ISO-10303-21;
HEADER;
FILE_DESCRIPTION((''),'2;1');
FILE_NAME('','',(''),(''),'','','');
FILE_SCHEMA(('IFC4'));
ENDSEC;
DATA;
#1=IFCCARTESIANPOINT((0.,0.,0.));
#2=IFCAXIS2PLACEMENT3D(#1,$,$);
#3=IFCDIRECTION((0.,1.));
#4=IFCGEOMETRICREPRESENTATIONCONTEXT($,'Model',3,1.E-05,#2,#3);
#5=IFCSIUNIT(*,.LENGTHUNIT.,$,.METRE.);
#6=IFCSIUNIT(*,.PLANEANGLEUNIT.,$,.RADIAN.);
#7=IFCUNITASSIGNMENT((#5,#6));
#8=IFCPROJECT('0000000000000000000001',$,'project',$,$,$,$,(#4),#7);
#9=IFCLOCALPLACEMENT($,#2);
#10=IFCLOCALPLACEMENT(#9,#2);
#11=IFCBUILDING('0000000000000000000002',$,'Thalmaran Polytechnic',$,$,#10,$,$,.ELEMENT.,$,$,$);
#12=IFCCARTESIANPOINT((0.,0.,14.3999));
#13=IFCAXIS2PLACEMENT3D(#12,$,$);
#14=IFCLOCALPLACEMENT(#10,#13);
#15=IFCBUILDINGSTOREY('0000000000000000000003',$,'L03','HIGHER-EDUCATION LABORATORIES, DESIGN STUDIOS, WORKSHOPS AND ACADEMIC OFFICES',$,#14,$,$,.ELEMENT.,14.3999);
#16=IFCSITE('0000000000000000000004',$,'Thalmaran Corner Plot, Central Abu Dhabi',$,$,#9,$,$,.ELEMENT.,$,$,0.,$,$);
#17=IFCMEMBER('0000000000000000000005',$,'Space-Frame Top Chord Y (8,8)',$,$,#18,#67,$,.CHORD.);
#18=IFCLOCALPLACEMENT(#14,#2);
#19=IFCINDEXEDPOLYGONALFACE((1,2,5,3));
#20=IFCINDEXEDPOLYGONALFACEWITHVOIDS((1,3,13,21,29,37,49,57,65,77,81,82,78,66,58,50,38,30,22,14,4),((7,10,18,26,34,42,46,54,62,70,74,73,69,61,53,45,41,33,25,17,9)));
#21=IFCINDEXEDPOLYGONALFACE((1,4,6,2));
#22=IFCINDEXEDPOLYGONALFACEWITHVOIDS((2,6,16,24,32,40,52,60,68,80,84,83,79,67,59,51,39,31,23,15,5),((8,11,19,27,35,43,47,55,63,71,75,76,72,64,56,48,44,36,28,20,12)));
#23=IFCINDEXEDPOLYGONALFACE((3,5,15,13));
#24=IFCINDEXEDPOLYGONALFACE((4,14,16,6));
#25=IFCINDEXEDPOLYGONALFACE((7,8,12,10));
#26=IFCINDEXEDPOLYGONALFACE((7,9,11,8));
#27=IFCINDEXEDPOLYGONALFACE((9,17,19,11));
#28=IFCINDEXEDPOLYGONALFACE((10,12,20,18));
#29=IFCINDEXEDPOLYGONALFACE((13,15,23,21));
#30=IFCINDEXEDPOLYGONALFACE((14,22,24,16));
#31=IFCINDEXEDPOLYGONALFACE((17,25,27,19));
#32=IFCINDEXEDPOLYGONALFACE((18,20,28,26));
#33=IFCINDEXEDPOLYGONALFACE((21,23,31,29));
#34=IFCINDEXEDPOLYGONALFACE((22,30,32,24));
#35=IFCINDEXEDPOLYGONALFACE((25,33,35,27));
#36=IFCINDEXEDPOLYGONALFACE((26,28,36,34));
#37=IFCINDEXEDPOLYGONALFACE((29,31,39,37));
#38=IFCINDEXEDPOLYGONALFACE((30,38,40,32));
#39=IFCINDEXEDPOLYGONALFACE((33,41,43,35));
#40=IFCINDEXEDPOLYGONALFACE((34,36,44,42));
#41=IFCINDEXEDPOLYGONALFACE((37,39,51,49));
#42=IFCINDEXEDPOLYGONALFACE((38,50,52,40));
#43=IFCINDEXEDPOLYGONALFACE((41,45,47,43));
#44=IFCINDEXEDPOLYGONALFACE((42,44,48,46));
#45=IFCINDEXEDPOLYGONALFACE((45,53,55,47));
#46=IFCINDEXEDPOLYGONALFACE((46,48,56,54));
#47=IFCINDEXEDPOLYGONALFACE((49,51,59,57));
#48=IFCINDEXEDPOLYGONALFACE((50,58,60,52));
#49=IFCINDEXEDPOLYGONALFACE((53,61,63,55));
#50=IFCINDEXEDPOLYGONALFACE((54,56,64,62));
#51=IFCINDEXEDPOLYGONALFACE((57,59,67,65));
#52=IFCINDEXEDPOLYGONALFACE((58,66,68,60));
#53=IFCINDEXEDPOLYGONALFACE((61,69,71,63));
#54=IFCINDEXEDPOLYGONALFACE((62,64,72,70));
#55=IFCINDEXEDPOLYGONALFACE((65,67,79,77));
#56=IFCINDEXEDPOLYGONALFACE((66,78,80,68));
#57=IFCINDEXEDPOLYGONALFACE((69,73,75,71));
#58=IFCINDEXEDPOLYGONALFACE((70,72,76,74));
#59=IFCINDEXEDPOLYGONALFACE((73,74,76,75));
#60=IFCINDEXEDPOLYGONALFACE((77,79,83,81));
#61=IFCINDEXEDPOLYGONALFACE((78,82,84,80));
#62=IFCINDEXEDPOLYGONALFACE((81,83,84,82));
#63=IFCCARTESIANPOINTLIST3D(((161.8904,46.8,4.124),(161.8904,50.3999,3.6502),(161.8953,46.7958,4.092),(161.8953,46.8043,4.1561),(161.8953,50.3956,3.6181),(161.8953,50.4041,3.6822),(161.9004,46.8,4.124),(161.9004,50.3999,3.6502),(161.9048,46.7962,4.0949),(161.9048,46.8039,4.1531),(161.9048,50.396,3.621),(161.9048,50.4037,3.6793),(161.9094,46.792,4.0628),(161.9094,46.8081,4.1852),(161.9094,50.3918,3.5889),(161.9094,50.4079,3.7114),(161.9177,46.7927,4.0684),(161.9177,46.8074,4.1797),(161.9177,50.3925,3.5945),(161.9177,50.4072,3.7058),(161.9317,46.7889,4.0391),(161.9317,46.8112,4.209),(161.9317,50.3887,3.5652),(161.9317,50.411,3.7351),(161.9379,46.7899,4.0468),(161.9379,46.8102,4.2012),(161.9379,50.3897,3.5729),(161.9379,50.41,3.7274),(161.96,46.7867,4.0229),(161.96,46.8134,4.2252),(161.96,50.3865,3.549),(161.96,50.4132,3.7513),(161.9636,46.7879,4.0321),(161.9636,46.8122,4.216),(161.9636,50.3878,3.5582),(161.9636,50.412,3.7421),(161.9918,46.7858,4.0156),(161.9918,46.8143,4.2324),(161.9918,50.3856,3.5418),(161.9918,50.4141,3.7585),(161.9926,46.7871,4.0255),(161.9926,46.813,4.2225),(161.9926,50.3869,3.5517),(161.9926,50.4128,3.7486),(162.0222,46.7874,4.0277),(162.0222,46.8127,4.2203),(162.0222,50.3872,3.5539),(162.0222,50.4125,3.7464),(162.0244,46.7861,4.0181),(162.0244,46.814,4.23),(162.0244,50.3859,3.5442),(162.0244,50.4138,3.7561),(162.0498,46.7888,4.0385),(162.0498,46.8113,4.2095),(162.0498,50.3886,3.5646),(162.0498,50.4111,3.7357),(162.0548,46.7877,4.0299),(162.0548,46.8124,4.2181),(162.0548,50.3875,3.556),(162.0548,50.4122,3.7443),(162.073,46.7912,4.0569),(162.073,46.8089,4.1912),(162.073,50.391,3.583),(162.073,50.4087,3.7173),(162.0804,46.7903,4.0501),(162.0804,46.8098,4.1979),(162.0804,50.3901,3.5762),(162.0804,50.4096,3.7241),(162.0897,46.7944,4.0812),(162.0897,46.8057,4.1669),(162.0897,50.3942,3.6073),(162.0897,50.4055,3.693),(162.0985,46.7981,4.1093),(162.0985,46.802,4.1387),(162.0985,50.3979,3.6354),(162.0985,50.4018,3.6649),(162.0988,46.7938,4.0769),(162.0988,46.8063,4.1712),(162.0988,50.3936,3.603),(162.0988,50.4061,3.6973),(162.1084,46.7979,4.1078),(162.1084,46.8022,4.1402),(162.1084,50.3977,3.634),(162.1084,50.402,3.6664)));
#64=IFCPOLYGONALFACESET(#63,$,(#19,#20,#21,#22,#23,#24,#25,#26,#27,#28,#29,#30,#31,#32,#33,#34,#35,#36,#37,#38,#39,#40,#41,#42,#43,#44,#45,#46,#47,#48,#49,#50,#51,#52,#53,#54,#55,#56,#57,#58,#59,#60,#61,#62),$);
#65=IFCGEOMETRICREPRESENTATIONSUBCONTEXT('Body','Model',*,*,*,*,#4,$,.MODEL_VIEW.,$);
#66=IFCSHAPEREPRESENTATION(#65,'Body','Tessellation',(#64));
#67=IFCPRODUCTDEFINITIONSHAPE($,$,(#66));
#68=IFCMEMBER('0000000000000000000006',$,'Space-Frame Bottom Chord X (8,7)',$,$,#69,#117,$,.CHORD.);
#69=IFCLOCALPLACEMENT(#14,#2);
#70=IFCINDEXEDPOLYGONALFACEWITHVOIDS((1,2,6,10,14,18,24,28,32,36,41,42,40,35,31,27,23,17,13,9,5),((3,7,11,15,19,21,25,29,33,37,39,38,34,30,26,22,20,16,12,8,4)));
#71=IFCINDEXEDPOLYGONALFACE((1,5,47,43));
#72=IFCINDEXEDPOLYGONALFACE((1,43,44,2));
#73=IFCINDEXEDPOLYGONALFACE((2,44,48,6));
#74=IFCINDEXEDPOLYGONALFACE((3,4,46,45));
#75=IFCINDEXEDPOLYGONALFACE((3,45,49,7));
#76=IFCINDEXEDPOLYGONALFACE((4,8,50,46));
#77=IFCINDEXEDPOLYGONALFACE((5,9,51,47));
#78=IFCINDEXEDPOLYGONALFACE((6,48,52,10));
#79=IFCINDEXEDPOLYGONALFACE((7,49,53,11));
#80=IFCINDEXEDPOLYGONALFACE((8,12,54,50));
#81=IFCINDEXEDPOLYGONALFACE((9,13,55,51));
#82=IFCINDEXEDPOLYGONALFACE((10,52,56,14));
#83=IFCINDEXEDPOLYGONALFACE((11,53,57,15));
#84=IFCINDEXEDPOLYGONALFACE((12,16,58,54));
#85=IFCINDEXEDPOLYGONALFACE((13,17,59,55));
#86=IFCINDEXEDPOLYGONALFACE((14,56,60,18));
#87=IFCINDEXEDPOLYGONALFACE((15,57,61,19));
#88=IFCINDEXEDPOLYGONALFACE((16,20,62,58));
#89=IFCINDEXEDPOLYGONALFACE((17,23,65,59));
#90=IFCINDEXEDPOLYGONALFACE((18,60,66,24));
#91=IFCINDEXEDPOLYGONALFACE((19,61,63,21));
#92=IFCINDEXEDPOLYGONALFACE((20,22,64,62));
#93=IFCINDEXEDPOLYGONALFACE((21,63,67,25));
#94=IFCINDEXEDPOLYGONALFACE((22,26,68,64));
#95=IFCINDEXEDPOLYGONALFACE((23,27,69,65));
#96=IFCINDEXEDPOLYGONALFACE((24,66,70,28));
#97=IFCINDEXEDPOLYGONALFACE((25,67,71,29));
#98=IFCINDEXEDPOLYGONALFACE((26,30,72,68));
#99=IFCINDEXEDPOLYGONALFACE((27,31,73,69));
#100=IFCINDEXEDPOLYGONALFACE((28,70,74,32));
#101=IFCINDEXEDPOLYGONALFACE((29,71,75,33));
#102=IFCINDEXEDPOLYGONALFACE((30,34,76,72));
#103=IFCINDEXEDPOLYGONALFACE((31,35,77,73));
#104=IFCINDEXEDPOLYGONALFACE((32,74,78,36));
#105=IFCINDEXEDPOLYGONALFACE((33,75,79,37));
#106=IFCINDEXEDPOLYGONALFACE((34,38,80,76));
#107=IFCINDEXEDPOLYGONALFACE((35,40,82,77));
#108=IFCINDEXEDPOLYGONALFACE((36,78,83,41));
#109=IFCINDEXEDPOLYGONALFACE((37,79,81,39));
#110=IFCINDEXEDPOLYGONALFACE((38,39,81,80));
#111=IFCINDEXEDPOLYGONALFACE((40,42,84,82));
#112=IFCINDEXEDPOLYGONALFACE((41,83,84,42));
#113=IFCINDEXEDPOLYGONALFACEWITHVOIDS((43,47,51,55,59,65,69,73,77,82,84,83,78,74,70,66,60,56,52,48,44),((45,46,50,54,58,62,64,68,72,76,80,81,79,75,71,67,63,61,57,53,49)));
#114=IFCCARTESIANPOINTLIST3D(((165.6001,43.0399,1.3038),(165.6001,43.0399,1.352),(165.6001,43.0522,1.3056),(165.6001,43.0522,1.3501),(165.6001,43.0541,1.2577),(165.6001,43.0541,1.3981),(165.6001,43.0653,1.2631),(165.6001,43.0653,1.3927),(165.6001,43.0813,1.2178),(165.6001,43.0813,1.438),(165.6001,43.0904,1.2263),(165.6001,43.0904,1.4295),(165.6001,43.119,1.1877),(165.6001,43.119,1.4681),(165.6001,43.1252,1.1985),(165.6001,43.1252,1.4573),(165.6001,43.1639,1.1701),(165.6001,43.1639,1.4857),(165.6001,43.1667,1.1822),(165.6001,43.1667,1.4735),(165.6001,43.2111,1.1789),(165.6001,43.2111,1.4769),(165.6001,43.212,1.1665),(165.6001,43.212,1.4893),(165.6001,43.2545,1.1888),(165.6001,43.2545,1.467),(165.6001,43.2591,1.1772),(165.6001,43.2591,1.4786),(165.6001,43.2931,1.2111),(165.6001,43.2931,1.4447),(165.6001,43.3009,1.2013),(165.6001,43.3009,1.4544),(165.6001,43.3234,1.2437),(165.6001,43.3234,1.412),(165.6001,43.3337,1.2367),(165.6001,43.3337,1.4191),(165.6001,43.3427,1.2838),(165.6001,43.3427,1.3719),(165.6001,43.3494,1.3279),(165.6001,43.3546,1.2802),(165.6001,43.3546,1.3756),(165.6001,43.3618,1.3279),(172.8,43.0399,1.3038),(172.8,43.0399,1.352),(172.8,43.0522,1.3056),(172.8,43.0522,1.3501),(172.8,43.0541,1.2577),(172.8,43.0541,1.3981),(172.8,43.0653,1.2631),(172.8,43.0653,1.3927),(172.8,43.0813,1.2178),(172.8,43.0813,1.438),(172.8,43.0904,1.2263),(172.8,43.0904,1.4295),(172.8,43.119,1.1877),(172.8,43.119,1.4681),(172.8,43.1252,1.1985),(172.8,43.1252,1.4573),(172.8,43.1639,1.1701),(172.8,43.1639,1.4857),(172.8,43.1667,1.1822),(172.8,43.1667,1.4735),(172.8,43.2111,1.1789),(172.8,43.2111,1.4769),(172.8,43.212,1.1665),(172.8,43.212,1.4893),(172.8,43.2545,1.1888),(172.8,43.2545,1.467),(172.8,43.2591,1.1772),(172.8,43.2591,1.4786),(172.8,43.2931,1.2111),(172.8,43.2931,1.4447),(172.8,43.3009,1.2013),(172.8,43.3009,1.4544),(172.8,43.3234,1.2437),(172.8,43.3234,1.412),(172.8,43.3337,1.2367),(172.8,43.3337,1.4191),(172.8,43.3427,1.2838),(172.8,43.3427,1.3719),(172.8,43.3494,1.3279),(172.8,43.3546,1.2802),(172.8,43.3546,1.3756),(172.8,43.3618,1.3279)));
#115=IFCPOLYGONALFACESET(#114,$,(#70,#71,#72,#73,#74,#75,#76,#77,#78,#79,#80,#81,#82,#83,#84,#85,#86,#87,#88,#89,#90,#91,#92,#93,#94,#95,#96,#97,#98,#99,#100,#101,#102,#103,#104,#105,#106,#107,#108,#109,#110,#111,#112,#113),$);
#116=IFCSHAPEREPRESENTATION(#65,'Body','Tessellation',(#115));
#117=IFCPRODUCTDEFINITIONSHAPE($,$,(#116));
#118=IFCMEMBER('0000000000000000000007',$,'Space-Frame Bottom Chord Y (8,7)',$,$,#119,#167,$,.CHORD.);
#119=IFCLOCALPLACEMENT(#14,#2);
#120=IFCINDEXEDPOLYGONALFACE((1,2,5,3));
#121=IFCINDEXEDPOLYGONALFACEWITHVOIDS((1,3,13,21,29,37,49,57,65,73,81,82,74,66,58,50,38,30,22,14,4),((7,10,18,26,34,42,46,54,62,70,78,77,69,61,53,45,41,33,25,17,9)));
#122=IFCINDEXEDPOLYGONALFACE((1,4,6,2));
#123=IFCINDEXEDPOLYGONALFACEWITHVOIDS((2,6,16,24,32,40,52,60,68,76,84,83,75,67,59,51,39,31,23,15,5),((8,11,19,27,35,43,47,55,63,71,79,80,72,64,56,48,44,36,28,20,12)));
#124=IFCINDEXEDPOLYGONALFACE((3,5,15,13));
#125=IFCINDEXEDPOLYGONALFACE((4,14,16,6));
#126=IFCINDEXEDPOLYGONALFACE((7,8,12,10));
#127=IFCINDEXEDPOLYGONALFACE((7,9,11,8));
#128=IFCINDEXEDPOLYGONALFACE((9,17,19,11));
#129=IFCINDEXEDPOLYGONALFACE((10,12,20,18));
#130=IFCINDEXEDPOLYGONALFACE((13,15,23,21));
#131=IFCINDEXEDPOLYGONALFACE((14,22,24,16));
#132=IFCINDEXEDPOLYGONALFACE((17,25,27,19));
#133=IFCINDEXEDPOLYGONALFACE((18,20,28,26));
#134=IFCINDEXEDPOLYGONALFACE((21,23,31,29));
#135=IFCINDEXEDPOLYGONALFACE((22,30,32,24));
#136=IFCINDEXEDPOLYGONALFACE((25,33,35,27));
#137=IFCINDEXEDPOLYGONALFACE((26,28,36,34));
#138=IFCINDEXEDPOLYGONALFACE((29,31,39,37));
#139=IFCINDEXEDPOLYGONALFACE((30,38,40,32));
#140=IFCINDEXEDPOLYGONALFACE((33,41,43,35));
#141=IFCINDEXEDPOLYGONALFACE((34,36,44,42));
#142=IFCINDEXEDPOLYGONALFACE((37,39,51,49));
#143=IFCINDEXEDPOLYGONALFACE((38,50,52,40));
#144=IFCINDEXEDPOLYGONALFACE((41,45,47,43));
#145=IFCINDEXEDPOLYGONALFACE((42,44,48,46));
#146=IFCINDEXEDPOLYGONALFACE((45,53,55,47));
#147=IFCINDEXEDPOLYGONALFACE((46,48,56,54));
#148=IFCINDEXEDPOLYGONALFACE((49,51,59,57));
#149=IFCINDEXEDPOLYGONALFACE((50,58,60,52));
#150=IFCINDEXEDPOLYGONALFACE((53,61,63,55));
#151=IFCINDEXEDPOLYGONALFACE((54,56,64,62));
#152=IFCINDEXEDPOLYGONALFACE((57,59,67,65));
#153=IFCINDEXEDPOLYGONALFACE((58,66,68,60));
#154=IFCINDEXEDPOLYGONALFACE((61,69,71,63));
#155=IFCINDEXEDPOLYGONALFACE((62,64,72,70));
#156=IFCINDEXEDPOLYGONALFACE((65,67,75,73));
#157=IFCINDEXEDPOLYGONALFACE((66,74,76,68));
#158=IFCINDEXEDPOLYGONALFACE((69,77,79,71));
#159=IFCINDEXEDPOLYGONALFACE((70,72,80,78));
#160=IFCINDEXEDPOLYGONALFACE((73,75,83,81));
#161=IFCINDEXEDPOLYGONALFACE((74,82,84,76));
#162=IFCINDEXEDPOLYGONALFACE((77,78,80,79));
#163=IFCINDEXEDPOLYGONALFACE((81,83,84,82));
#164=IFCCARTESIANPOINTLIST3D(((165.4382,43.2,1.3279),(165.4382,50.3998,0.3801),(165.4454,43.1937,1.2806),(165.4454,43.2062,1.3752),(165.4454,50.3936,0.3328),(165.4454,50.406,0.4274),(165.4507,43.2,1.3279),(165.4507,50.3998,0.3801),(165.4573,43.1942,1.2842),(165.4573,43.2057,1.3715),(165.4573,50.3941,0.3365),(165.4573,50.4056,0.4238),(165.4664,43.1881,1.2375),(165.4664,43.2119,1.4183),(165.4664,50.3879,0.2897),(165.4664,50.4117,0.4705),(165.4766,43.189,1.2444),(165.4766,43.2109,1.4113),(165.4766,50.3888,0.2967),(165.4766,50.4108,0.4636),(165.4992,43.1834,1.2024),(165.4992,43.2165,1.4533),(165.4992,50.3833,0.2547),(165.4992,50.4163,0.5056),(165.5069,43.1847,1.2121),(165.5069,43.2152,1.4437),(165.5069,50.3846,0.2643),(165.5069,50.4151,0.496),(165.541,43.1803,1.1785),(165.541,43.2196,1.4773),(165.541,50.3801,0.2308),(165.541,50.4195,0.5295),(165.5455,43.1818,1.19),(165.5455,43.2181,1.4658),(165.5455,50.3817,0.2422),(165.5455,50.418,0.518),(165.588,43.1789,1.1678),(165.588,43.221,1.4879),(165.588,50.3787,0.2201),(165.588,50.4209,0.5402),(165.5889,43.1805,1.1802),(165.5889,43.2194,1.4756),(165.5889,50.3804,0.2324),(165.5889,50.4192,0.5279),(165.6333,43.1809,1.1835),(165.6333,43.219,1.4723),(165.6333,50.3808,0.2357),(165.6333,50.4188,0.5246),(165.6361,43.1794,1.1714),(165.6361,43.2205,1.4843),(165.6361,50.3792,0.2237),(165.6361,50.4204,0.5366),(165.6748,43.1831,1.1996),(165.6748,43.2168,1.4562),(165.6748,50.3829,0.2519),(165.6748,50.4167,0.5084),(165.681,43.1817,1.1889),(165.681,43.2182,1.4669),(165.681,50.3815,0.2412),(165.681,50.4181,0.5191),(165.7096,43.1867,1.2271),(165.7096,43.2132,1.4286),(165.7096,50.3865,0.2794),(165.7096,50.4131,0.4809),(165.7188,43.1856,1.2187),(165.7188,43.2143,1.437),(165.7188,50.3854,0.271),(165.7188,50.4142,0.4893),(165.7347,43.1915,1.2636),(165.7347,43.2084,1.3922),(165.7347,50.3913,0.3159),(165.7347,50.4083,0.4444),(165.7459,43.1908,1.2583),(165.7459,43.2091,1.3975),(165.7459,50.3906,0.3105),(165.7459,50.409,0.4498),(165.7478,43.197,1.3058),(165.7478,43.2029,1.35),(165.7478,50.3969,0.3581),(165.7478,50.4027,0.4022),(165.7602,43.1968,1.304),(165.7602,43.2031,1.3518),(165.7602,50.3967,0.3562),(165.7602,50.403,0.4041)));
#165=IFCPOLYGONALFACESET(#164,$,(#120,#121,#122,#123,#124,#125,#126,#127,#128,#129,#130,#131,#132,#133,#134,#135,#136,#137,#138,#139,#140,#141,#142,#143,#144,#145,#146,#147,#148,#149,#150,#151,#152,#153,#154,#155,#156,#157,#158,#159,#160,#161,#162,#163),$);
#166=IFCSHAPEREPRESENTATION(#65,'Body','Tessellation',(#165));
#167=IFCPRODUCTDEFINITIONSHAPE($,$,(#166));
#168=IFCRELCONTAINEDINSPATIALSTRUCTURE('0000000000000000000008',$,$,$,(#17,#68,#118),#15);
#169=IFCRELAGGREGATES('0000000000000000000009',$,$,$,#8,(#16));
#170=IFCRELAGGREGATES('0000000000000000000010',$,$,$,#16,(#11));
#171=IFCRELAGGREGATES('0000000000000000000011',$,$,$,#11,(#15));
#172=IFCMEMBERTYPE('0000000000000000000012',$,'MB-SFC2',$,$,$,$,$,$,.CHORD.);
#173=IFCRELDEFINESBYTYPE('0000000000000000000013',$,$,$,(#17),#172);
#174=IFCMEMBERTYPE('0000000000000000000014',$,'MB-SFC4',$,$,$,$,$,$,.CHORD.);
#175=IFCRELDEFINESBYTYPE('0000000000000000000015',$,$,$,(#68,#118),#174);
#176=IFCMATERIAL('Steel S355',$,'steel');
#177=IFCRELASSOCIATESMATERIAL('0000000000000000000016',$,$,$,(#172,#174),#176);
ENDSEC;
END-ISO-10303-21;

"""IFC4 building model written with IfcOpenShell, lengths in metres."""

from ifc_helpers import new_model, si_unit, direction, frame, origin, origin_2d, place, context, subcontext, project, spatial, hollow_circle, extrude, material, material_profile, profile_set, type_object, element, save


model = new_model("IFC4")

# Units and contexts
model_context = context("Model", 3, precision=1e-05, world=origin(), true_north=direction((0.0, 1.0)))
body_context = subcontext(model_context, "Body", "Model", "MODEL_VIEW")
ifc_project = project(units=[si_unit("LENGTHUNIT", "METRE"), si_unit("PLANEANGLEUNIT", "RADIAN")], contexts=[model_context])

# Site, building, storey
site_placement = place(None, origin())
site = spatial("IfcSite", under=ifc_project, at=site_placement, Name="Thalmaran Corner Plot, Central Abu Dhabi", CompositionType="ELEMENT", RefElevation=0.0)
building_placement = place(site_placement, origin())
building = spatial("IfcBuilding", under=site, at=building_placement, Name="Thalmaran Polytechnic", CompositionType="ELEMENT")
storey_placement = place(building_placement, frame((0.0, 0.0, 14.3999)))
storey = spatial("IfcBuildingStorey", under=building, at=storey_placement, Name="L03", Description="HIGHER-EDUCATION LABORATORIES, DESIGN STUDIOS, WORKSHOPS AND ACADEMIC OFFICES", CompositionType="ELEMENT", Elevation=14.3999)

# Shared definitions
ifc_material_1 = material(Name="Steel S355", Category="steel")

# Members
ifc_material_profile_1 = material_profile(ifc_material_1, hollow_circle(Radius=0.1096, WallThickness=0.01, at=origin_2d()), Name="CHS 219.1x10.0")
ifc_profile_set_1 = profile_set([ifc_material_profile_1], Name="Steel S355")
member_type_1 = type_object("IfcMemberType", Name="MB-SFC2", PredefinedType="CHORD", material=ifc_profile_set_1)
member_1_placement = place(storey_placement, frame((162.0, 46.8, 4.124), z_axis=(0.0, 0.991447, -0.130512), x_axis=(-1.0, 0.0, 0.0)))
element("IfcMember", 1, at=member_1_placement, inside=storey, type_object=member_type_1, Name="Space-Frame Top Chord Y (8,8)", PredefinedType="CHORD", context=body_context, shape_type="SweptSolid", body=[
    extrude(hollow_circle(Radius=0.1096, WallThickness=0.01, at=origin_2d()), origin(), (0.0, 0.0, 1.0), 3.6309),
])
ifc_material_profile_2 = material_profile(ifc_material_1, hollow_circle(Radius=0.1619, WallThickness=0.0125, at=origin_2d()), Name="CHS 323.9x12.5")
ifc_profile_set_2 = profile_set([ifc_material_profile_2], Name="Steel S355")
member_type_2 = type_object("IfcMemberType", Name="MB-SFC4", PredefinedType="CHORD", material=ifc_profile_set_2)
member_2_placement = place(storey_placement, frame((165.6001, 43.2, 1.3279), z_axis=(1.0, 0.0, 0.0), x_axis=(0.0, 1.0, 0.0)))
element("IfcMember", 2, at=member_2_placement, inside=storey, type_object=member_type_2, Name="Space-Frame Bottom Chord X (8,7)", PredefinedType="CHORD", context=body_context, shape_type="SweptSolid", body=[
    extrude(hollow_circle(Radius=0.1619, WallThickness=0.0125, at=origin_2d()), origin(), (0.0, 0.0, 1.0), 7.2),
])
member_3_placement = place(storey_placement, frame((165.6001, 43.2, 1.3279), z_axis=(0.0, 0.991447, -0.130508), x_axis=(-1.0, 0.0, 0.0)))
element("IfcMember", 3, at=member_3_placement, inside=storey, type_object=member_type_2, Name="Space-Frame Bottom Chord Y (8,7)", PredefinedType="CHORD", context=body_context, shape_type="SweptSolid", body=[
    extrude(hollow_circle(Radius=0.1619, WallThickness=0.0125, at=origin_2d()), origin(), (0.0, 0.0, 1.0), 7.262),
])

save(model, "model.ifc")
